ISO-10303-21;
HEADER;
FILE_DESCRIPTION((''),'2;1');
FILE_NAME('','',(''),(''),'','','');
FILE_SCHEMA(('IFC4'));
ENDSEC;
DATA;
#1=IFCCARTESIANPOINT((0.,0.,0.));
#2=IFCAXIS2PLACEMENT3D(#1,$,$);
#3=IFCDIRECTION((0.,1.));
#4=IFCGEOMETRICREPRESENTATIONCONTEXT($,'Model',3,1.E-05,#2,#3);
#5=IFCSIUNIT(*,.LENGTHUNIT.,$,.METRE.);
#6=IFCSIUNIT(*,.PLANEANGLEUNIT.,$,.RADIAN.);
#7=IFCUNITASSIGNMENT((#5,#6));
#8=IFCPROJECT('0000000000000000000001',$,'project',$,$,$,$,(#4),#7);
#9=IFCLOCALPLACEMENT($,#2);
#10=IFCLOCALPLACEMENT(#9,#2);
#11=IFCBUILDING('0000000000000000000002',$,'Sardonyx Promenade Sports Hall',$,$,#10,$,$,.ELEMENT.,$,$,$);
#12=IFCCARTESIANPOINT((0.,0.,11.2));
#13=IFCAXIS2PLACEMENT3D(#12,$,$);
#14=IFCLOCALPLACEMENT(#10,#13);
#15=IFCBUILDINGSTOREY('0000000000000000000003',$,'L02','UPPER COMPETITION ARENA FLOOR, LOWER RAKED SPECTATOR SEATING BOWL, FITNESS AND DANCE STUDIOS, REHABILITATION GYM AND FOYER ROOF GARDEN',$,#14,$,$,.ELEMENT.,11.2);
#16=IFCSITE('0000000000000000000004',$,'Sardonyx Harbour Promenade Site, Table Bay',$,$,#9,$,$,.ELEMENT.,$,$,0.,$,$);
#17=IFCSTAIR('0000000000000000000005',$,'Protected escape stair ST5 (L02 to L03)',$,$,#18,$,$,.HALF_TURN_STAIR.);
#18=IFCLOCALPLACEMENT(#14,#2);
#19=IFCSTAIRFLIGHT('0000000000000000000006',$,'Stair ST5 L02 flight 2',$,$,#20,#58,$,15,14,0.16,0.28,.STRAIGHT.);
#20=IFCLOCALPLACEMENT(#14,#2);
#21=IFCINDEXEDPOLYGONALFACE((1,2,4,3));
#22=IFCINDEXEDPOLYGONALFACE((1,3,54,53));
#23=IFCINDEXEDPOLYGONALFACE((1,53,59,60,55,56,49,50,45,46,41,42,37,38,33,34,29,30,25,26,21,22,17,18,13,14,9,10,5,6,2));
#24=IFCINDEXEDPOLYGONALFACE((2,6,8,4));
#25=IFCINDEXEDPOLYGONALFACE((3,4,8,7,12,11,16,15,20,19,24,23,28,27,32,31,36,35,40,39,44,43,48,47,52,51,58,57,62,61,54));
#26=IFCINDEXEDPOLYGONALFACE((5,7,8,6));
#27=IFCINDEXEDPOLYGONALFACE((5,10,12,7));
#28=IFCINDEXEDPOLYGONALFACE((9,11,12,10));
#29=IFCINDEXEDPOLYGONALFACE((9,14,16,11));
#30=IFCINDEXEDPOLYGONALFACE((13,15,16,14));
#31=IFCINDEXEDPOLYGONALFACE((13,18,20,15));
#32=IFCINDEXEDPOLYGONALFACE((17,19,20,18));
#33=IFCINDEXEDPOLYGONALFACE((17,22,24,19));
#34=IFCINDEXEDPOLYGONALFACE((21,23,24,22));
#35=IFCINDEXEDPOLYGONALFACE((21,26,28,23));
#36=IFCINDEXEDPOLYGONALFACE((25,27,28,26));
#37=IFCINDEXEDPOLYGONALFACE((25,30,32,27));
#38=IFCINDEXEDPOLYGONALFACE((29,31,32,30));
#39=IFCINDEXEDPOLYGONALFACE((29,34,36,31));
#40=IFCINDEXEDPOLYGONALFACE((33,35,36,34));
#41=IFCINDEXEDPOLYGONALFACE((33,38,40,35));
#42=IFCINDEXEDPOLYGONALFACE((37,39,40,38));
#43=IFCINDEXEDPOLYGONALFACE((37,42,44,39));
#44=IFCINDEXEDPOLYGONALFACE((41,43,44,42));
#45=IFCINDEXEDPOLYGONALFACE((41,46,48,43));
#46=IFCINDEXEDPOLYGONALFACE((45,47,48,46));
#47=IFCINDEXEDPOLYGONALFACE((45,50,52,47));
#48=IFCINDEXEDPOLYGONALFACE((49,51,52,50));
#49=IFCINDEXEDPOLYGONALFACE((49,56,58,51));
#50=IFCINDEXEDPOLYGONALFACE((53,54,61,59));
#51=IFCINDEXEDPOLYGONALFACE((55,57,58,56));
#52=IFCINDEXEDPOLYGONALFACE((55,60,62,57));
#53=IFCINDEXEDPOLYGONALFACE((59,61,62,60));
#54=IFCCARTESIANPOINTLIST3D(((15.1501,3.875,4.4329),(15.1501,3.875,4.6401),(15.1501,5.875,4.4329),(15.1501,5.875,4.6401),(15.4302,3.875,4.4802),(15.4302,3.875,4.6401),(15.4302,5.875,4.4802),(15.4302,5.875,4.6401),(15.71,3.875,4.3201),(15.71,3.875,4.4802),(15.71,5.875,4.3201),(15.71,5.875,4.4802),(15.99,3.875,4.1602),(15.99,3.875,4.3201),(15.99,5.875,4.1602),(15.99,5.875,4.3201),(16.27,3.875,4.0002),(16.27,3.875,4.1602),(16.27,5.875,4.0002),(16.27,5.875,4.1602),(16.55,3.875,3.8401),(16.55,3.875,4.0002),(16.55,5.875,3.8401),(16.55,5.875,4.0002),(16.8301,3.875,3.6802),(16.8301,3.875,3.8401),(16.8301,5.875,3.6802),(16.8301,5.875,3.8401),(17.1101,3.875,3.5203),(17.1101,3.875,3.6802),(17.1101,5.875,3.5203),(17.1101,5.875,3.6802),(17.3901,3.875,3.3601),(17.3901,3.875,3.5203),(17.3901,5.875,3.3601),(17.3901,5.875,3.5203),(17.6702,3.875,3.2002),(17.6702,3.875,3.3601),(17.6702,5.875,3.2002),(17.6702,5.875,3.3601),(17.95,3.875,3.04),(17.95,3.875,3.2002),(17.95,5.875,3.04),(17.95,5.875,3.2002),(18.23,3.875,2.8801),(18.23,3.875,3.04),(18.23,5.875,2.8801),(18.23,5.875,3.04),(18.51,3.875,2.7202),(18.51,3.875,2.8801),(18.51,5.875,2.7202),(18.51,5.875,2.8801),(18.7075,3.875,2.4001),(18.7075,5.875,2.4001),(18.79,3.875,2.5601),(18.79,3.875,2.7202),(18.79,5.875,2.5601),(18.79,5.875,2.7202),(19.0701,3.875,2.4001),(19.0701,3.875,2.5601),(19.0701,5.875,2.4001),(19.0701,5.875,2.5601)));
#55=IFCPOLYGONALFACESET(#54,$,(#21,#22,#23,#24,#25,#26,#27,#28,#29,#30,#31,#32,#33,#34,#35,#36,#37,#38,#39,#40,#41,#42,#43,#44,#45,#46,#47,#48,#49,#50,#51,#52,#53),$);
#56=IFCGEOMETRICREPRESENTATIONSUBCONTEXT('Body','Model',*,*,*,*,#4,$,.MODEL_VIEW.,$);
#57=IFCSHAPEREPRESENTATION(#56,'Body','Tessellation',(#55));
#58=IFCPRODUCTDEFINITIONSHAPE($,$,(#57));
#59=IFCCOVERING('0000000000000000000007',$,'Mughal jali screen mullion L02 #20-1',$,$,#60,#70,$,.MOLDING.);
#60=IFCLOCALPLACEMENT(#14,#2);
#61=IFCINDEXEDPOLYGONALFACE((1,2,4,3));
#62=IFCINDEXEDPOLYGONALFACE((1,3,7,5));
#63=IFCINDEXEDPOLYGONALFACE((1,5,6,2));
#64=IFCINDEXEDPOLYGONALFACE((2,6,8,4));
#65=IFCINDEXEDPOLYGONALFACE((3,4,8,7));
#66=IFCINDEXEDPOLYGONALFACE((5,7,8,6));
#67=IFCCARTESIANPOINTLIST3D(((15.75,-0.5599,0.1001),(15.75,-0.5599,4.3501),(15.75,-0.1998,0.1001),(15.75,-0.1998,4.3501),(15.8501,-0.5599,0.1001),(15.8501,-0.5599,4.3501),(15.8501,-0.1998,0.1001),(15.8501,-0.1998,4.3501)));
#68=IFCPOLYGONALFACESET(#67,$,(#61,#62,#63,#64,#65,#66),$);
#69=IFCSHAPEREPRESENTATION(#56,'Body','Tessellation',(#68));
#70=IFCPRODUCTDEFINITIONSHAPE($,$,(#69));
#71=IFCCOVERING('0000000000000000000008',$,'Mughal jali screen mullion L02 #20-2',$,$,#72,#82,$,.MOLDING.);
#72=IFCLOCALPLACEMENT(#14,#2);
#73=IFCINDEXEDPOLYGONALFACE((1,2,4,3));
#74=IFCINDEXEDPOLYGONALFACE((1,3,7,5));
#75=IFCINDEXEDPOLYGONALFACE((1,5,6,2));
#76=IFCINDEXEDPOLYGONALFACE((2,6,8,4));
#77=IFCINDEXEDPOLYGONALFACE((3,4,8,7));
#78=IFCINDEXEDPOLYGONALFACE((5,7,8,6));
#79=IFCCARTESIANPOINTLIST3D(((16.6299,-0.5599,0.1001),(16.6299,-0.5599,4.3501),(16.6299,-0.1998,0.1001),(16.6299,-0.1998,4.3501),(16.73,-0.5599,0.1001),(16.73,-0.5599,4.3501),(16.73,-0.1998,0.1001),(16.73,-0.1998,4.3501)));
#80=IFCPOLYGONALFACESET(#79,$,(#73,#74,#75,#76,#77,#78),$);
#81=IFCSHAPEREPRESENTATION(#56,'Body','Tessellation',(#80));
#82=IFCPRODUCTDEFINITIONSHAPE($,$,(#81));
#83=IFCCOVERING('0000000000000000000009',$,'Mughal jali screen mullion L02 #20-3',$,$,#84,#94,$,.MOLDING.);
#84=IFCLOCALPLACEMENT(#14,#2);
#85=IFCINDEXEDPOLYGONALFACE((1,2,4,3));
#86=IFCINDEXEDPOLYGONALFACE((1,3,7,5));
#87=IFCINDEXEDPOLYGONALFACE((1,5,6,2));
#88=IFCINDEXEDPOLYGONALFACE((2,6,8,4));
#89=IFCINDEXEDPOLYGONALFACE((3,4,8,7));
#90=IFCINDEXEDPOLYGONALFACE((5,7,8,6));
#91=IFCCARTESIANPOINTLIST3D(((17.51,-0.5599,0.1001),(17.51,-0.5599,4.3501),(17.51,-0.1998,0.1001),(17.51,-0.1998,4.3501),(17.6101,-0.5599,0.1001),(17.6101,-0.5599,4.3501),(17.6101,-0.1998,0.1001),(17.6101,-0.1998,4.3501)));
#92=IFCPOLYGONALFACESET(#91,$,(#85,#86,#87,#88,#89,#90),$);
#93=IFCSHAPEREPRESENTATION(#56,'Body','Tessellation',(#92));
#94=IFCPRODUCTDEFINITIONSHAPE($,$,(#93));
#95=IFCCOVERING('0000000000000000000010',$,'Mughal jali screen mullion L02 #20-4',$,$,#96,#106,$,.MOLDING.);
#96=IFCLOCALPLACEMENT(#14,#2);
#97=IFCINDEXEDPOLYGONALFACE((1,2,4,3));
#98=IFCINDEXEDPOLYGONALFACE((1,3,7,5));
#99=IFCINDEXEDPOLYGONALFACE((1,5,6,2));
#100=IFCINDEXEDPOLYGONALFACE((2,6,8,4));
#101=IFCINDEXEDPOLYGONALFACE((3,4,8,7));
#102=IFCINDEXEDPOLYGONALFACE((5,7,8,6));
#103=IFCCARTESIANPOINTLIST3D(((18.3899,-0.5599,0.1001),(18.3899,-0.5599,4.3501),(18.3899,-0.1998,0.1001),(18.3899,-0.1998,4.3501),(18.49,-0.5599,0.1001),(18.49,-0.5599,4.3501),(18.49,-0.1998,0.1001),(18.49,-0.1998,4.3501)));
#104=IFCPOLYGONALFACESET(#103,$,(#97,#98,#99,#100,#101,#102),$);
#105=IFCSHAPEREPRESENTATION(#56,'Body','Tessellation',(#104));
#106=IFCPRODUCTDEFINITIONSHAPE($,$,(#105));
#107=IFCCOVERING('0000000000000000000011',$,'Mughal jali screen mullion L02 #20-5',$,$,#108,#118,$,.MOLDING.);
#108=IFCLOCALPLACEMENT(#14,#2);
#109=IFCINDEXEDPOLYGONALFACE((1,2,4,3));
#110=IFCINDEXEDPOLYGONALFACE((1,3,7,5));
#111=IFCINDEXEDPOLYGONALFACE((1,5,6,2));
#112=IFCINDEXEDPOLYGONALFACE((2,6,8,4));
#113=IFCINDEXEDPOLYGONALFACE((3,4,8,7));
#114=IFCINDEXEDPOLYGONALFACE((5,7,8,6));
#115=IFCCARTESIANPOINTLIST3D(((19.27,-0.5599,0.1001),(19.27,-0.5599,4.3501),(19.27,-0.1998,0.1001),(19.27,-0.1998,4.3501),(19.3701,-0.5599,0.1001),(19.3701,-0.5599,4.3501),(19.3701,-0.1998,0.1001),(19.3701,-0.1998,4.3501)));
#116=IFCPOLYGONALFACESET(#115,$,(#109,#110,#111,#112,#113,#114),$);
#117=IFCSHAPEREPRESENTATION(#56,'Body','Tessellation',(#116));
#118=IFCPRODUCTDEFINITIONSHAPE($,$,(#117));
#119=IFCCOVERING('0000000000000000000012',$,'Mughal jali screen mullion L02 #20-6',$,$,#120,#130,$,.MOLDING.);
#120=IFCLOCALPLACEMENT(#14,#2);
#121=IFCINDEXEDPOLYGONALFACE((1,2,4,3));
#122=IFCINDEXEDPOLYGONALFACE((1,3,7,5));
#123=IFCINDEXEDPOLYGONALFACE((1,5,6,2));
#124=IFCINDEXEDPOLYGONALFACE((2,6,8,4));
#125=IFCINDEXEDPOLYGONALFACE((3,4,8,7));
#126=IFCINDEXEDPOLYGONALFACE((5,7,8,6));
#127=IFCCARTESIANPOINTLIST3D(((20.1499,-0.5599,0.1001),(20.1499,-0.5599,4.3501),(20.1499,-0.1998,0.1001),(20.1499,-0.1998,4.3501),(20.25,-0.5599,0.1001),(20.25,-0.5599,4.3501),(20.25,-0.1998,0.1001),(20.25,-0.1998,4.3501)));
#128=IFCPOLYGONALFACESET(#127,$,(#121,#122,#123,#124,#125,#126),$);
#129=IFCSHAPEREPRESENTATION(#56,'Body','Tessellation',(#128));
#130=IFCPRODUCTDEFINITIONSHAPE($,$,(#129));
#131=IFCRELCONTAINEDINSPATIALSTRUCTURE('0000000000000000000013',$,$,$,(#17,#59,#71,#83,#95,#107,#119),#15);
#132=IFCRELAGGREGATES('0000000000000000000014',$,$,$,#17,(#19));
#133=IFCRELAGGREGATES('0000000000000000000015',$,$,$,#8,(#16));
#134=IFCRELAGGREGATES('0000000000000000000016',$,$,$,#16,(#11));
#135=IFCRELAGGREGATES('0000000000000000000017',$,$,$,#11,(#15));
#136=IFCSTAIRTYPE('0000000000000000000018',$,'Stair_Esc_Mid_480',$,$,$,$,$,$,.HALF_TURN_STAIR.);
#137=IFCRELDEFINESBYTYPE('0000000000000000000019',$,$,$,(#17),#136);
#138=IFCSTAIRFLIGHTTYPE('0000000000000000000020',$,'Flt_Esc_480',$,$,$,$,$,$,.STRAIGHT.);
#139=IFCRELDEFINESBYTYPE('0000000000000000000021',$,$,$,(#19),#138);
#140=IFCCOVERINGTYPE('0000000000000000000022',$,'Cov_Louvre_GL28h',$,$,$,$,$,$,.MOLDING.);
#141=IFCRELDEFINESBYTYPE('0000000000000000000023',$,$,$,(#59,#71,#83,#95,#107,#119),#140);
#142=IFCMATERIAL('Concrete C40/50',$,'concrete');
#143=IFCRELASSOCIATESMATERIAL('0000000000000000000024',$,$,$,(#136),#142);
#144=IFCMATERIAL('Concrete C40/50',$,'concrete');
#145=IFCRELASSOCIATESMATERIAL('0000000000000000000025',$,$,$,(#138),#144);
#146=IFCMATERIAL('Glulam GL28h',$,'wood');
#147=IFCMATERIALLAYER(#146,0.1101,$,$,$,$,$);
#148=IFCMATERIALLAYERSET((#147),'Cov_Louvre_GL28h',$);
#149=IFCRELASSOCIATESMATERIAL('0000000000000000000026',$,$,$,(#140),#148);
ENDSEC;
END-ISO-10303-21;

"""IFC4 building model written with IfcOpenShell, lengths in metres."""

from ifc_helpers import new_model, si_unit, direction, frame, origin, origin_2d, place, context, subcontext, project, spatial, polyline, rectangle, outline, extrude, material, layer, layer_set, type_object, element, aggregate, save


model = new_model("IFC4")

# Units and contexts
model_context = context("Model", 3, precision=1e-05, world=origin(), true_north=direction((0.0, 1.0)))
body_context = subcontext(model_context, "Body", "Model", "MODEL_VIEW")
ifc_project = project(units=[si_unit("LENGTHUNIT", "METRE"), si_unit("PLANEANGLEUNIT", "RADIAN")], contexts=[model_context])

# Site, building, storey
site_placement = place(None, origin())
site = spatial("IfcSite", under=ifc_project, at=site_placement, Name="Sardonyx Harbour Promenade Site, Table Bay", CompositionType="ELEMENT", RefElevation=0.0)
building_placement = place(site_placement, origin())
building = spatial("IfcBuilding", under=site, at=building_placement, Name="Sardonyx Promenade Sports Hall", CompositionType="ELEMENT")
storey_placement = place(building_placement, frame((0.0, 0.0, 11.2)))
storey = spatial("IfcBuildingStorey", under=building, at=storey_placement, Name="L02", Description="UPPER COMPETITION ARENA FLOOR, LOWER RAKED SPECTATOR SEATING BOWL, FITNESS AND DANCE STUDIOS, REHABILITATION GYM AND FOYER ROOF GARDEN", CompositionType="ELEMENT", Elevation=11.2)

# Stair, stair flight
ifc_material_1 = material(Name="Concrete C40/50", Category="concrete")
stair_type = type_object("IfcStairType", Name="Stair_Esc_Mid_480", PredefinedType="HALF_TURN_STAIR", material=ifc_material_1)
stair_placement = place(storey_placement, origin())
stair = element("IfcStair", 1, at=stair_placement, inside=storey, type_object=stair_type, Name="Protected escape stair ST5 (L02 to L03)", PredefinedType="HALF_TURN_STAIR")
ifc_material_2 = material(Name="Concrete C40/50", Category="concrete")
stair_flight_type = type_object("IfcStairFlightType", Name="Flt_Esc_480", PredefinedType="STRAIGHT", material=ifc_material_2)
stair_flight_1_placement = place(storey_placement, frame((19.0701, 4.875, 2.4001), z_axis=(0.0, 0.0, 1.0), x_axis=(-1.0, 0.0, 0.0)))
stair_flight_1 = element("IfcStairFlight", 2, at=stair_flight_1_placement, type_object=stair_flight_type, Name="Stair ST5 L02 flight 2", NumberOfRisers=15, NumberOfTreads=14, PredefinedType="STRAIGHT", RiserHeight=0.16, TreadLength=0.28, context=body_context, shape_type="SweptSolid", body=[
    extrude(outline(polyline([(0.0, 0.0), (0.0, 0.1599), (0.28, 0.1599), (0.28, 0.3201), (0.5601, 0.3201), (0.5601, 0.48), (0.8401, 0.48), (0.8401, 0.6399), (1.1201, 0.6399), (1.1201, 0.8), (1.3999, 0.8), (1.3999, 0.96), (1.6799, 0.96), (1.6799, 1.1201), (1.96, 1.1201), (1.96, 1.28), (2.24, 1.28), (2.24, 1.4399), (2.52, 1.4399), (2.52, 1.6001), (2.8, 1.6001), (2.8, 1.76), (3.0801, 1.76), (3.0801, 1.9199), (3.3601, 1.9199), (3.3601, 2.0801), (3.6399, 2.0801), (3.6399, 2.24), (3.9199, 2.24), (3.9199, 2.3999), (3.9199, 2.0327), (0.3625, 0.0), (0.0, 0.0)])), frame((0.0, 1.0, 0.0), z_axis=(0.0, -1.0, 0.0), x_axis=(1.0, 0.0, 0.0)), (0.0, 0.0, 1.0), 2.0),
])
aggregate(stair, [stair_flight_1])

# Coverings
ifc_material_3 = material(Name="Glulam GL28h", Category="wood")
ifc_layer_1 = layer(ifc_material_3, 0.1101)
ifc_layer_set_1 = layer_set([ifc_layer_1], Name="Cov_Louvre_GL28h")
covering_type = type_object("IfcCoveringType", Name="Cov_Louvre_GL28h", PredefinedType="MOLDING", material=ifc_layer_set_1)
for number, where, z_axis, x_axis, name in (
    (3, (15.8, -0.3799, 0.1001), (0.0, 0.0, 1.0), (1.0, 0.0, 0.0), "Mughal jali screen mullion L02 #20-1"),
    (4, (16.6799, -0.3799, 0.1001), (0.0, 0.0, 1.0), (1.0, 0.0, 0.0), "Mughal jali screen mullion L02 #20-2"),
    (5, (17.5601, -0.3799, 0.1001), (0.0, 0.0, 1.0), (1.0, 0.0, 0.0), "Mughal jali screen mullion L02 #20-3"),
    (6, (18.4399, -0.3799, 0.1001), (0.0, 0.0, 1.0), (1.0, 0.0, 0.0), "Mughal jali screen mullion L02 #20-4"),
    (7, (19.3201, -0.3799, 0.1001), (0.0, 0.0, 1.0), (1.0, 0.0, 0.0), "Mughal jali screen mullion L02 #20-5"),
    (8, (20.2, -0.3799, 0.1001), (0.0, 0.0, 1.0), (1.0, 0.0, 0.0), "Mughal jali screen mullion L02 #20-6"),
):
    element("IfcCovering", number, at=place(storey_placement, frame(where, z_axis=z_axis, x_axis=x_axis)), inside=storey, type_object=covering_type, Name=name, PredefinedType="MOLDING", context=body_context, shape_type="SweptSolid", body=[
        extrude(rectangle(XDim=0.1001, YDim=0.3601, at=origin_2d()), origin(), (0.0, 0.0, 1.0), 4.25),
    ])

save(model, "model.ifc")
